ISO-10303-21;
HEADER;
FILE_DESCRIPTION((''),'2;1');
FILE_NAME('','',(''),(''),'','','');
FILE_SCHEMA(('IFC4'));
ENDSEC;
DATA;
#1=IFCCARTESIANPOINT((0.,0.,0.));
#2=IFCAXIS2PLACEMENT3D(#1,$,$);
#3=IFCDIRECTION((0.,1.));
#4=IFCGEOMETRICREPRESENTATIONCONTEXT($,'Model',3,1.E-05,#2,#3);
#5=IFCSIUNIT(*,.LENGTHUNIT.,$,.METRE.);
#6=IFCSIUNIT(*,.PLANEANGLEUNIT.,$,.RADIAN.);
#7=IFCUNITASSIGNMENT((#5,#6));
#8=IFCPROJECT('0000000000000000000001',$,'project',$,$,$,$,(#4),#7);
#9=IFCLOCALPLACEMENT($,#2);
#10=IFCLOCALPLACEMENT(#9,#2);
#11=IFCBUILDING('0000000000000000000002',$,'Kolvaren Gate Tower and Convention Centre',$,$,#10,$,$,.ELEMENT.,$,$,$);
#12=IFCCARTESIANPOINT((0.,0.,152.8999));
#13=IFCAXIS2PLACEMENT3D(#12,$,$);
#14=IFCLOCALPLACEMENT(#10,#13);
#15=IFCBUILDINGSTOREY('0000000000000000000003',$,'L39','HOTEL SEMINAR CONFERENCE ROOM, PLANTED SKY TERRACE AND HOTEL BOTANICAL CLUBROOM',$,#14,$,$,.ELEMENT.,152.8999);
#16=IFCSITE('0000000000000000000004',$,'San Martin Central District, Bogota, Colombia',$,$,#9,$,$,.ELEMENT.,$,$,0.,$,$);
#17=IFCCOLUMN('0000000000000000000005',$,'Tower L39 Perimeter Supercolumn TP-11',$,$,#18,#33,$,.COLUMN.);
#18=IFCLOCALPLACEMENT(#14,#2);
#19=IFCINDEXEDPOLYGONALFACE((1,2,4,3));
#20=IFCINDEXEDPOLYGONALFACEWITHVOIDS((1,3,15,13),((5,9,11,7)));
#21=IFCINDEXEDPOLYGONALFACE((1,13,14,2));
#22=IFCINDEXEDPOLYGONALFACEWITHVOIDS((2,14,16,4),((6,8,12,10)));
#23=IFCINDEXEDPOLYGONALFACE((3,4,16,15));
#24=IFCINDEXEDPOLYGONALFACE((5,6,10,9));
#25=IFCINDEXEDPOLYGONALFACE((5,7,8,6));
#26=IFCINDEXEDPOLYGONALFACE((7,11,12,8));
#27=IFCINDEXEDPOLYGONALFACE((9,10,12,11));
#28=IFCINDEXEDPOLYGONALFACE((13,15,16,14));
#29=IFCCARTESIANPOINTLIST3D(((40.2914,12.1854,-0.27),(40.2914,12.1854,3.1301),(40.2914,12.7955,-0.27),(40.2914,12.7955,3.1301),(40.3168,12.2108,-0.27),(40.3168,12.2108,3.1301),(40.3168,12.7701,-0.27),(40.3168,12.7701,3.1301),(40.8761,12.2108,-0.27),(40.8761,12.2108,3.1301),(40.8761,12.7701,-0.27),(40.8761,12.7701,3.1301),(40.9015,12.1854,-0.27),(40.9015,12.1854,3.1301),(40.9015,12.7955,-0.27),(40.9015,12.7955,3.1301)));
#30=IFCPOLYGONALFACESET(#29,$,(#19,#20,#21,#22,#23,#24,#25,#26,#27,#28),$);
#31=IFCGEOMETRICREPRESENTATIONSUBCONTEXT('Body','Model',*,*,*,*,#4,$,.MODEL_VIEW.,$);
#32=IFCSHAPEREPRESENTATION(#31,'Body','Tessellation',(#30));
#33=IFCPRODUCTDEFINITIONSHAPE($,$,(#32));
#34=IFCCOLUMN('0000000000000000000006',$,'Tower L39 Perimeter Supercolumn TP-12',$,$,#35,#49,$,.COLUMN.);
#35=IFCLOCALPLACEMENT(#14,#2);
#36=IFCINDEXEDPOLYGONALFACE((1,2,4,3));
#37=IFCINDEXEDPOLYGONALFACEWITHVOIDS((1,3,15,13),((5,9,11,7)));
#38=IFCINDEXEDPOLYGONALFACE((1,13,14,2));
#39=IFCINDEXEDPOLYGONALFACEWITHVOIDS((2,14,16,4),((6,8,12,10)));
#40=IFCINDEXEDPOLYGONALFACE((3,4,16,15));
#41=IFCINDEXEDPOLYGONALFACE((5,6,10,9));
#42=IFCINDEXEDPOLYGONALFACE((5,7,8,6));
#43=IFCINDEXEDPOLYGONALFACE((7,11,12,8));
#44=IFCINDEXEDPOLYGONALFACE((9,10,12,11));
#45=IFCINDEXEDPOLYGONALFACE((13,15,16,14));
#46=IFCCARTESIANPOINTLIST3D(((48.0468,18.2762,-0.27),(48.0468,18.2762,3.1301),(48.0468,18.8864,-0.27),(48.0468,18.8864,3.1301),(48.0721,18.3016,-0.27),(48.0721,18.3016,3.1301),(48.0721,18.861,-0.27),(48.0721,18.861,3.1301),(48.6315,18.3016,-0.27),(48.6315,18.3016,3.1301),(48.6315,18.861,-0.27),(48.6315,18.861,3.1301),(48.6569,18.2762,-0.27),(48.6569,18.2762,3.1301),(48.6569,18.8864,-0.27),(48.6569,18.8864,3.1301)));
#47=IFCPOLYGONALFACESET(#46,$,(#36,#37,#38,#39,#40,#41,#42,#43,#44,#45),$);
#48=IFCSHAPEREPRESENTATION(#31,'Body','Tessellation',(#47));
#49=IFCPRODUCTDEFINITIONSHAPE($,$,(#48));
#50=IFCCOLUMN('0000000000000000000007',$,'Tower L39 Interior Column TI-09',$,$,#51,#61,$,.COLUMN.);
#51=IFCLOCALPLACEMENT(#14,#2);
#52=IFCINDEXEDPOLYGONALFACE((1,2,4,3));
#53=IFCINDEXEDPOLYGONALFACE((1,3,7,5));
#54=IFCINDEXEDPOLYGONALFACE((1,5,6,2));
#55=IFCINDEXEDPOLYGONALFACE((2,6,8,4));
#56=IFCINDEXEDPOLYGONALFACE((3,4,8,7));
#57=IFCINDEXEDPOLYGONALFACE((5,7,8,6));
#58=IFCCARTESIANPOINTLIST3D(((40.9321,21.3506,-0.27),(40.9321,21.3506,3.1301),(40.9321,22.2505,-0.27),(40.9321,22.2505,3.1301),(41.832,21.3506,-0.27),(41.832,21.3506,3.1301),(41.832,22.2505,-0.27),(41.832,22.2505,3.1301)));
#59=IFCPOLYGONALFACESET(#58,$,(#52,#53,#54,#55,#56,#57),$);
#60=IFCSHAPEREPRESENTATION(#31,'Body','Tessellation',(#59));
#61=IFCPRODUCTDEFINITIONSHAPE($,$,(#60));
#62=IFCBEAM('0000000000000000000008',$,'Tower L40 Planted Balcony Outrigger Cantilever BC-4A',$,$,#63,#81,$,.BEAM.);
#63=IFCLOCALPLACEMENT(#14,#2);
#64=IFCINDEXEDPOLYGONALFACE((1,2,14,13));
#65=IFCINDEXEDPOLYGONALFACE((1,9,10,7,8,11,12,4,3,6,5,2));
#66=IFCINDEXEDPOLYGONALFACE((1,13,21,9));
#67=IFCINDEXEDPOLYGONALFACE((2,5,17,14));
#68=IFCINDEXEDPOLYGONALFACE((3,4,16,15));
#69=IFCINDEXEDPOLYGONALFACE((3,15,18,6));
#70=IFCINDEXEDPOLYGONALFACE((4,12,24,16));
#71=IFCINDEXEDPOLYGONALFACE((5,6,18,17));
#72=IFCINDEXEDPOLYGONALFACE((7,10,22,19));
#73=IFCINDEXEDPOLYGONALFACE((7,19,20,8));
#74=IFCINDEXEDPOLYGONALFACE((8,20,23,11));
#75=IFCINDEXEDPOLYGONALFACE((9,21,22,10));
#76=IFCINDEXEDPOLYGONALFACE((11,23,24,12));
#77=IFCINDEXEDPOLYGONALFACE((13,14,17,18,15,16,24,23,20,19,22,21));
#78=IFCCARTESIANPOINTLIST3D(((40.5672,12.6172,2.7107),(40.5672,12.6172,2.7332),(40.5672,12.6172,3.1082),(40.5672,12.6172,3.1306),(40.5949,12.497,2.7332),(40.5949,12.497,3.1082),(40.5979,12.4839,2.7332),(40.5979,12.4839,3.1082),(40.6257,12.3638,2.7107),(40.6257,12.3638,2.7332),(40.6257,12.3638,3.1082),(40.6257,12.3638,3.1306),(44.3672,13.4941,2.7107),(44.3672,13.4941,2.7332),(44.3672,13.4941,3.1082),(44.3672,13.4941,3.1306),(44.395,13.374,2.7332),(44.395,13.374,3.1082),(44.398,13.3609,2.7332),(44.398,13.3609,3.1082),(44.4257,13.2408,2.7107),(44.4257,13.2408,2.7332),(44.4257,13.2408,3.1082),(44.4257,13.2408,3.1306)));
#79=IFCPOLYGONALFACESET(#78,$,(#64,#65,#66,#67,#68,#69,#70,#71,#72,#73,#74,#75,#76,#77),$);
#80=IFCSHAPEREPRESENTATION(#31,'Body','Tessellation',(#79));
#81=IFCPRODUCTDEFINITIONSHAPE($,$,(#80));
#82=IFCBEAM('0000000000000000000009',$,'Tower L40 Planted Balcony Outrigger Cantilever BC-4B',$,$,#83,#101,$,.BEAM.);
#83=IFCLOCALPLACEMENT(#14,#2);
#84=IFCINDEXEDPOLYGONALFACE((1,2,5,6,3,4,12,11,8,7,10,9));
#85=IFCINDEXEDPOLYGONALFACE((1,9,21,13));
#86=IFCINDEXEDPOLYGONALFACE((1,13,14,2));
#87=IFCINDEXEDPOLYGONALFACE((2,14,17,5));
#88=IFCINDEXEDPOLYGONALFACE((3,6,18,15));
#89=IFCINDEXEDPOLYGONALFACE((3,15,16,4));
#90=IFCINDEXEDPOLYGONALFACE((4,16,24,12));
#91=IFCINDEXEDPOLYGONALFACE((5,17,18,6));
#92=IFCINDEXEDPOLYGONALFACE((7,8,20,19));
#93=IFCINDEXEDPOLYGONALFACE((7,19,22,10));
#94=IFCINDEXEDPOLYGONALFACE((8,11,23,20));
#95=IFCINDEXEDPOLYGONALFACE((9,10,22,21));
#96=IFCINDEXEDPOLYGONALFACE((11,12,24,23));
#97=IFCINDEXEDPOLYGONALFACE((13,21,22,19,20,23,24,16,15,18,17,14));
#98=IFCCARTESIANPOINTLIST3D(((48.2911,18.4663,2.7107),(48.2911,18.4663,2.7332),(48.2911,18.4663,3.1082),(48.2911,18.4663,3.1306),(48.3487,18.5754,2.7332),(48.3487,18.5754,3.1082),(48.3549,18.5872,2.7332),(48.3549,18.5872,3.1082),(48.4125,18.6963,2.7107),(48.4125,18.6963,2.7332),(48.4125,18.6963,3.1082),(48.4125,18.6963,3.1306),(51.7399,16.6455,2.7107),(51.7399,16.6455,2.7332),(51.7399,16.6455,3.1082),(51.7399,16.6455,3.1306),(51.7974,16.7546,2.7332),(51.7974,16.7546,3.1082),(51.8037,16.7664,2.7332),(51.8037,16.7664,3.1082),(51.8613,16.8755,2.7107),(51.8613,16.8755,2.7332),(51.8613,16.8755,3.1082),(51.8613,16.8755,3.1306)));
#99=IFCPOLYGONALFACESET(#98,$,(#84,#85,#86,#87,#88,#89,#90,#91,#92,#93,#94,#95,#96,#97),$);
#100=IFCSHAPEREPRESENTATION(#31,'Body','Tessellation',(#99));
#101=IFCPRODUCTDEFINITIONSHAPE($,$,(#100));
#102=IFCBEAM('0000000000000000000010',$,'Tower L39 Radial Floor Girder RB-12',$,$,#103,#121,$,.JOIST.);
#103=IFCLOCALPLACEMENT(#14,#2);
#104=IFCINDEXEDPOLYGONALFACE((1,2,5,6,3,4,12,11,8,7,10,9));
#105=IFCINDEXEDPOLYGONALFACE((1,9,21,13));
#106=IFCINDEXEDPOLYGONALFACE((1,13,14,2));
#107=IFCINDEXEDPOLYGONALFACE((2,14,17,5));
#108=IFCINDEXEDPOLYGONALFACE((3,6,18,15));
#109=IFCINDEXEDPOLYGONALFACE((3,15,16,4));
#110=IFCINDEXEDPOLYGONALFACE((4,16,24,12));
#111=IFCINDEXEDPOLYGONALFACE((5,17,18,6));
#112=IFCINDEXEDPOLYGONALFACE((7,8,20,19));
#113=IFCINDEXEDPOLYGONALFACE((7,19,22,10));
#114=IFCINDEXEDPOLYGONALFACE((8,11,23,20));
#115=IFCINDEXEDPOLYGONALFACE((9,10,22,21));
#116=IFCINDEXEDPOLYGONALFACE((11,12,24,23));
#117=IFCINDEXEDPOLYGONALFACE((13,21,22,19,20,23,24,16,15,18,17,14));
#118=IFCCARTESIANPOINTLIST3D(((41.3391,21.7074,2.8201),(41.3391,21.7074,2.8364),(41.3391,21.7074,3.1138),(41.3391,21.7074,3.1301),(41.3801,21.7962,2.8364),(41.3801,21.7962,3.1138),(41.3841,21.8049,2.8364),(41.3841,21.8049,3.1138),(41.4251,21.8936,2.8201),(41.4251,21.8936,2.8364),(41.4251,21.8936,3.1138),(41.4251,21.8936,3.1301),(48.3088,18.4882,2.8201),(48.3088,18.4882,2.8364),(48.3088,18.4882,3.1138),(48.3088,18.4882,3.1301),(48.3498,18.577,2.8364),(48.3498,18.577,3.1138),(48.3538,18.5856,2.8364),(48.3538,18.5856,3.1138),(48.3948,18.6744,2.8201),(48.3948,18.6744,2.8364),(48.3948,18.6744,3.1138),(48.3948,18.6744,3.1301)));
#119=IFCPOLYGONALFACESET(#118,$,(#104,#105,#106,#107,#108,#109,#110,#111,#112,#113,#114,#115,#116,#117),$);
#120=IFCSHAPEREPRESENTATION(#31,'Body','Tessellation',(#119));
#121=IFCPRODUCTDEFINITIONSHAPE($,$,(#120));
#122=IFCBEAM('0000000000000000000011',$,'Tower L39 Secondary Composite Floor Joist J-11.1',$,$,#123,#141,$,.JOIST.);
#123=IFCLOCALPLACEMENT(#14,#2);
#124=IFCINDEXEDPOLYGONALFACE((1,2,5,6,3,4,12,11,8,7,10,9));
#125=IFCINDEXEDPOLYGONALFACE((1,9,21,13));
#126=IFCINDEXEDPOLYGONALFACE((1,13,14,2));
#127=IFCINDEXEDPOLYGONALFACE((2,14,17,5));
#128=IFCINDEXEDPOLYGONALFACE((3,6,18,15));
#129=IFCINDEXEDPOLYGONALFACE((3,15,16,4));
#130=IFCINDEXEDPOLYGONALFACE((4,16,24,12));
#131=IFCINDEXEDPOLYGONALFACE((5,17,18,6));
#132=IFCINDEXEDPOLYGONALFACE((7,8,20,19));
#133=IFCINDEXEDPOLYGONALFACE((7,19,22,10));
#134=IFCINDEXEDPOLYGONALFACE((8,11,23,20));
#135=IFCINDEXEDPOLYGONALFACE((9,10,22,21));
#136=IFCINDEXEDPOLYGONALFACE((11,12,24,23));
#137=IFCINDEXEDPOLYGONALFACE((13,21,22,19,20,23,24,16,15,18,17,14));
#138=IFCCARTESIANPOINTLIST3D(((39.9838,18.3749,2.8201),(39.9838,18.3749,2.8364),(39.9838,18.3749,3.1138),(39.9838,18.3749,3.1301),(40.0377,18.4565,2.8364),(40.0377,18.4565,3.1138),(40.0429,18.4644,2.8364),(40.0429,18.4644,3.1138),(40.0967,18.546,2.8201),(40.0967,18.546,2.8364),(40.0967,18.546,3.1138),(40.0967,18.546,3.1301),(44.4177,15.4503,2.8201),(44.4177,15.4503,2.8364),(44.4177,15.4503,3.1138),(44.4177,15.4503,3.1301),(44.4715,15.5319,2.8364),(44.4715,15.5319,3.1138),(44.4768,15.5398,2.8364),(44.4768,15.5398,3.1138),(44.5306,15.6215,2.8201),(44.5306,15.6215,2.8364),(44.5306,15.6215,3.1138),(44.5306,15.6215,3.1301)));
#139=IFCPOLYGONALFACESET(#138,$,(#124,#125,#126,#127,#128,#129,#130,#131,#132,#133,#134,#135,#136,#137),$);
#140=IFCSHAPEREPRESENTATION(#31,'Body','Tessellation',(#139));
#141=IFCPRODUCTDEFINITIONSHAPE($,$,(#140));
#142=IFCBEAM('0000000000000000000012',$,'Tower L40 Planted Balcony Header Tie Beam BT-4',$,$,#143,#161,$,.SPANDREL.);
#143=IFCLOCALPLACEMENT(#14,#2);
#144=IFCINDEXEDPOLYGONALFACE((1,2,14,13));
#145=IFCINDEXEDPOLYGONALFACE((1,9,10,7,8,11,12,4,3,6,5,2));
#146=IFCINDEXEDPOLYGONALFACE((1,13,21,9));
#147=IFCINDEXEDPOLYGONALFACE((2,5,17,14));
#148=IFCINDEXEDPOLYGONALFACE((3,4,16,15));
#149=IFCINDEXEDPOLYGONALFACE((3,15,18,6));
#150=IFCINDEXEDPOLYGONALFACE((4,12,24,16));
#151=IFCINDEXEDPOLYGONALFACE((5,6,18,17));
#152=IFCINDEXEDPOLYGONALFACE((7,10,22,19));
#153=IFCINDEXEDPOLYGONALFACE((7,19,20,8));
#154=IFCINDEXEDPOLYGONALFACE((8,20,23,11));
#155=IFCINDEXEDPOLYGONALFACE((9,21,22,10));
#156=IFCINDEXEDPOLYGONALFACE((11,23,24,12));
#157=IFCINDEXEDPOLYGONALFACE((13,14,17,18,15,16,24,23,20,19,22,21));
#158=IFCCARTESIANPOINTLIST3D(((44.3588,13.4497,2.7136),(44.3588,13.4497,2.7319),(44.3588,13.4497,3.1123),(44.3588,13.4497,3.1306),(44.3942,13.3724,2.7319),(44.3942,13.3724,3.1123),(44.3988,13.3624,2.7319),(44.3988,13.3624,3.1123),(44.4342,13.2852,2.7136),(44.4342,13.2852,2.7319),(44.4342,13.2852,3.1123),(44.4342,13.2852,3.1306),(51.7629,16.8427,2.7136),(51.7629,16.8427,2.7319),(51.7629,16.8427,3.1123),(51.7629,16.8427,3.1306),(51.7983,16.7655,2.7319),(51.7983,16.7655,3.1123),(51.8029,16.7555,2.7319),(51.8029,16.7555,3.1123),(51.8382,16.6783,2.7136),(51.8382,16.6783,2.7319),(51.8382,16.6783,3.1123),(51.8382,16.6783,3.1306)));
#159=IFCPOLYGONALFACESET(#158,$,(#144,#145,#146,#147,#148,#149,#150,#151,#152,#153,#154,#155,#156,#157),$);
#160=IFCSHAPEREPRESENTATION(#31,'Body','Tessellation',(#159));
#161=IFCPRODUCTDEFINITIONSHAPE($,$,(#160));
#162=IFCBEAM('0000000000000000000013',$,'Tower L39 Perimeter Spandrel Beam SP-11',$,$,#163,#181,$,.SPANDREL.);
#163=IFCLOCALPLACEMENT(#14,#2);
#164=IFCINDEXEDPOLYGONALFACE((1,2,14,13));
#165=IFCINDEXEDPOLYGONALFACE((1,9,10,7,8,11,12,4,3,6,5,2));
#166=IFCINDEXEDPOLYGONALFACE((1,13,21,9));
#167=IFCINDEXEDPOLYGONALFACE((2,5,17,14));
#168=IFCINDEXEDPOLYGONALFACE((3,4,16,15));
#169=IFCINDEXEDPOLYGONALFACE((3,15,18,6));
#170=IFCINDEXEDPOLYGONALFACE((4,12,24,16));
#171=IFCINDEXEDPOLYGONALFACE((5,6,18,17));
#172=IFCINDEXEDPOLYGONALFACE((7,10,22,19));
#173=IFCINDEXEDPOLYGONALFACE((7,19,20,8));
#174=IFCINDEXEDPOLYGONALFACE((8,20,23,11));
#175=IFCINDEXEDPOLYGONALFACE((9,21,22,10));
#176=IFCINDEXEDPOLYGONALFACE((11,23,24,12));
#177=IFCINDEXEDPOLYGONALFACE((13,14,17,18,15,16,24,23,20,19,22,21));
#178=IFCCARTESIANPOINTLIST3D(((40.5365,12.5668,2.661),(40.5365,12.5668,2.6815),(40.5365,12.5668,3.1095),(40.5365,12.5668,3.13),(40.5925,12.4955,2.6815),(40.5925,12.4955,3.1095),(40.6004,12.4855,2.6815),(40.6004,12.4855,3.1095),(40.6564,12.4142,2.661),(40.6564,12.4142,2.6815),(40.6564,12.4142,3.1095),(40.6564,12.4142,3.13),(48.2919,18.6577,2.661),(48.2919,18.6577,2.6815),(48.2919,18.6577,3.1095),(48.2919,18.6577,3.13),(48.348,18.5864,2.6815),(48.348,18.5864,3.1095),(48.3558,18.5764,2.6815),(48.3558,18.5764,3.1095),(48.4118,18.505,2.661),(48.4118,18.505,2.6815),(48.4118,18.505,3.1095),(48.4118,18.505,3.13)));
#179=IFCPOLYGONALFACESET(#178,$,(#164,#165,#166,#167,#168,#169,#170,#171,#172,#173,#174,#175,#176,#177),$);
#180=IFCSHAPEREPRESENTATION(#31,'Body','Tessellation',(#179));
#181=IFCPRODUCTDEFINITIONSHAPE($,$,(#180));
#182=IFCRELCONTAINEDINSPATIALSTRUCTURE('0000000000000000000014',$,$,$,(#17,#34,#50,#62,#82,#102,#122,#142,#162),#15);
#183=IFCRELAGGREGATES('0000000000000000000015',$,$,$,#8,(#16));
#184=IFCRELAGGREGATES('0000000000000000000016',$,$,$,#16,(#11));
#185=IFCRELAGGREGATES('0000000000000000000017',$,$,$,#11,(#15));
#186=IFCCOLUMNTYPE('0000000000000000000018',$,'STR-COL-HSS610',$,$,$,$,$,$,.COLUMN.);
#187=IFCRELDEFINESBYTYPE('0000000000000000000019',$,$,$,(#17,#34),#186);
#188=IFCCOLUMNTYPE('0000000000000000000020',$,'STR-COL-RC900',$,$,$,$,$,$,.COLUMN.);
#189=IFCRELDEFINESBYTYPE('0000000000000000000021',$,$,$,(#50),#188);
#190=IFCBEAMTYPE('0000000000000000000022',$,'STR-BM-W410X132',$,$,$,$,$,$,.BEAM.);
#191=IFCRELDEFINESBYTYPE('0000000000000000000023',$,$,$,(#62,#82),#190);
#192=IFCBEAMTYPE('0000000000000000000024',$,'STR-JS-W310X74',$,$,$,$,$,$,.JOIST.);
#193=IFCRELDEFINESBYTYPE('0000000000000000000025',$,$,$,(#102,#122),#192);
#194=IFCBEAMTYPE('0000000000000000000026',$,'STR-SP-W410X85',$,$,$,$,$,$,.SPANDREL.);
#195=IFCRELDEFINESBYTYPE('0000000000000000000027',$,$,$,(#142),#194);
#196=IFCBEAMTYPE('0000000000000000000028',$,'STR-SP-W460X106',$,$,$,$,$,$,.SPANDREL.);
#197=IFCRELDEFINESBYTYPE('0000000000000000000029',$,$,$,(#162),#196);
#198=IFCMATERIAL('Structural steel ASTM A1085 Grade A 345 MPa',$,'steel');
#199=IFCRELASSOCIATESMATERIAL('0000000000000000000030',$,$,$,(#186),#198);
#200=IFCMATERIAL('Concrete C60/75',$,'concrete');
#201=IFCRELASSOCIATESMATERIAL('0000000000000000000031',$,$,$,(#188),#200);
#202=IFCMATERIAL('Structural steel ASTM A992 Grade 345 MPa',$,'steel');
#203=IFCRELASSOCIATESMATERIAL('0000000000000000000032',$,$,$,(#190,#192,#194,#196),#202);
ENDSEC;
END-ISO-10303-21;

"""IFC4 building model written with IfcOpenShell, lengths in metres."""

from ifc_helpers import new_model, si_unit, direction, frame, origin, origin_2d, place, context, subcontext, project, spatial, rectangle, hollow_rectangle, i_section, extrude, material, material_profile, profile_set, type_object, element, save


model = new_model("IFC4")

# Units and contexts
model_context = context("Model", 3, precision=1e-05, world=origin(), true_north=direction((0.0, 1.0)))
body_context = subcontext(model_context, "Body", "Model", "MODEL_VIEW")
ifc_project = project(units=[si_unit("LENGTHUNIT", "METRE"), si_unit("PLANEANGLEUNIT", "RADIAN")], contexts=[model_context])

# Site, building, storey
site_placement = place(None, origin())
site = spatial("IfcSite", under=ifc_project, at=site_placement, Name="San Martin Central District, Bogota, Colombia", CompositionType="ELEMENT", RefElevation=0.0)
building_placement = place(site_placement, origin())
building = spatial("IfcBuilding", under=site, at=building_placement, Name="Kolvaren Gate Tower and Convention Centre", CompositionType="ELEMENT")
storey_placement = place(building_placement, frame((0.0, 0.0, 152.8999)))
storey = spatial("IfcBuildingStorey", under=building, at=storey_placement, Name="L39", Description="HOTEL SEMINAR CONFERENCE ROOM, PLANTED SKY TERRACE AND HOTEL BOTANICAL CLUBROOM", CompositionType="ELEMENT", Elevation=152.8999)

# Columns
ifc_material_1 = material(Name="Structural steel ASTM A1085 Grade A 345 MPa", Category="steel")
ifc_material_profile_1 = material_profile(ifc_material_1, hollow_rectangle(XDim=0.6101, YDim=0.6101, WallThickness=0.0254, at=origin_2d()), Name="HSS610X610X25.4")
ifc_profile_set_1 = profile_set([ifc_material_profile_1], Name="Structural steel ASTM A1085 Grade A 345 MPa")
column_type_1 = type_object("IfcColumnType", Name="STR-COL-HSS610", PredefinedType="COLUMN", material=ifc_profile_set_1)
for number, where, z_axis, x_axis, name in (
    (1, (40.5964, 12.4905, -0.27), (0.0, 0.0, 1.0), (1.0, 0.0, 0.0), "Tower L39 Perimeter Supercolumn TP-11"),
    (2, (48.3518, 18.5813, -0.27), (0.0, 0.0, 1.0), (1.0, 0.0, 0.0), "Tower L39 Perimeter Supercolumn TP-12"),
):
    element("IfcColumn", number, at=place(storey_placement, frame(where, z_axis=z_axis, x_axis=x_axis)), inside=storey, type_object=column_type_1, Name=name, PredefinedType="COLUMN", context=body_context, shape_type="SweptSolid", body=[
        extrude(hollow_rectangle(XDim=0.6101, YDim=0.6101, WallThickness=0.0254, at=origin_2d()), origin(), (0.0, 0.0, 1.0), 3.4001),
    ])
ifc_material_2 = material(Name="Concrete C60/75", Category="concrete")
ifc_material_profile_2 = material_profile(ifc_material_2, rectangle(XDim=0.8999, YDim=0.8999, at=origin_2d()), Name="RC-COL-900X900")
ifc_profile_set_2 = profile_set([ifc_material_profile_2], Name="Concrete C60/75")
column_type_2 = type_object("IfcColumnType", Name="STR-COL-RC900", PredefinedType="COLUMN", material=ifc_profile_set_2)
column_placement = place(storey_placement, frame((41.3821, 21.8005, -0.27), z_axis=(0.0, 0.0, 1.0), x_axis=(1.0, 0.0, 0.0)))
element("IfcColumn", 3, at=column_placement, inside=storey, type_object=column_type_2, Name="Tower L39 Interior Column TI-09", PredefinedType="COLUMN", context=body_context, shape_type="SweptSolid", body=[
    extrude(rectangle(XDim=0.8999, YDim=0.8999, at=origin_2d()), origin(), (0.0, 0.0, 1.0), 3.4001),
])

# Beams
ifc_material_3 = material(Name="Structural steel ASTM A992 Grade 345 MPa", Category="steel")
ifc_material_profile_3 = material_profile(ifc_material_3, i_section(OverallWidth=0.26, OverallDepth=0.4199, WebThickness=0.0134, FlangeThickness=0.0225, at=origin_2d()), Name="W410X132")
ifc_profile_set_3 = profile_set([ifc_material_profile_3], Name="Structural steel ASTM A992 Grade 345 MPa")
beam_type_1 = type_object("IfcBeamType", Name="STR-BM-W410X132", PredefinedType="BEAM", material=ifc_profile_set_3)
for number, where, z_axis, x_axis, name in (
    (4, (40.5964, 12.4905, 2.9207), (0.97439, 0.224864, 0.0), (-0.224864, 0.97439, 0.0), "Tower L40 Planted Balcony Outrigger Cantilever BC-4A"),
    (5, (48.3518, 18.5813, 2.9207), (0.884317, -0.466886, 0.0), (0.466886, 0.884317, 0.0), "Tower L40 Planted Balcony Outrigger Cantilever BC-4B"),
):
    element("IfcBeam", number, at=place(storey_placement, frame(where, z_axis=z_axis, x_axis=x_axis)), inside=storey, type_object=beam_type_1, Name=name, PredefinedType="BEAM", context=body_context, shape_type="SweptSolid", body=[
        extrude(i_section(OverallWidth=0.26, OverallDepth=0.4199, WebThickness=0.0134, FlangeThickness=0.0225, at=origin_2d()), origin(), (0.0, 0.0, 1.0), 3.8999),
    ])
ifc_material_profile_4 = material_profile(ifc_material_3, i_section(OverallWidth=0.2051, OverallDepth=0.3101, WebThickness=0.0095, FlangeThickness=0.0164, at=origin_2d()), Name="W310X74")
ifc_profile_set_4 = profile_set([ifc_material_profile_4], Name="Structural steel ASTM A992 Grade 345 MPa")
beam_type_2 = type_object("IfcBeamType", Name="STR-JS-W310X74", PredefinedType="JOIST", material=ifc_profile_set_4)
beam_1_placement = place(storey_placement, frame((41.3821, 21.8005, 2.9751), z_axis=(0.907838, -0.41932, 0.0), x_axis=(0.41932, 0.907838, 0.0)))
element("IfcBeam", 6, at=beam_1_placement, inside=storey, type_object=beam_type_2, Name="Tower L39 Radial Floor Girder RB-12", PredefinedType="JOIST", context=body_context, shape_type="SweptSolid", body=[
    extrude(i_section(OverallWidth=0.2051, OverallDepth=0.3101, WebThickness=0.0095, FlangeThickness=0.0164, at=origin_2d()), origin(), (0.0, 0.0, 1.0), 7.6772),
])
beam_2_placement = place(storey_placement, frame((40.0403, 18.4604, 2.9751), z_axis=(0.834763, -0.55061, 0.0), x_axis=(0.55061, 0.834763, 0.0)))
element("IfcBeam", 7, at=beam_2_placement, inside=storey, type_object=beam_type_2, Name="Tower L39 Secondary Composite Floor Joist J-11.1", PredefinedType="JOIST", context=body_context, shape_type="SweptSolid", body=[
    extrude(i_section(OverallWidth=0.2051, OverallDepth=0.3101, WebThickness=0.0095, FlangeThickness=0.0164, at=origin_2d()), origin(), (0.0, 0.0, 1.0), 5.3115),
])
ifc_material_profile_5 = material_profile(ifc_material_3, i_section(OverallWidth=0.1809, OverallDepth=0.417, WebThickness=0.011, FlangeThickness=0.0183, at=origin_2d()), Name="W410X85")
ifc_profile_set_5 = profile_set([ifc_material_profile_5], Name="Structural steel ASTM A992 Grade 345 MPa")
beam_type_3 = type_object("IfcBeamType", Name="STR-SP-W410X85", PredefinedType="SPANDREL", material=ifc_profile_set_5)
beam_3_placement = place(storey_placement, frame((44.3965, 13.3674, 2.9221), z_axis=(0.909086, 0.416608, 0.0), x_axis=(-0.416608, 0.909086, 0.0)))
element("IfcBeam", 8, at=beam_3_placement, inside=storey, type_object=beam_type_3, Name="Tower L40 Planted Balcony Header Tie Beam BT-4", PredefinedType="SPANDREL", context=body_context, shape_type="SweptSolid", body=[
    extrude(i_section(OverallWidth=0.1809, OverallDepth=0.417, WebThickness=0.011, FlangeThickness=0.0183, at=origin_2d()), origin(), (0.0, 0.0, 1.0), 8.1445),
])
ifc_material_profile_6 = material_profile(ifc_material_3, i_section(OverallWidth=0.1941, OverallDepth=0.469, WebThickness=0.0127, FlangeThickness=0.0205, at=origin_2d()), Name="W460X106")
ifc_profile_set_6 = profile_set([ifc_material_profile_6], Name="Structural steel ASTM A992 Grade 345 MPa")
beam_type_4 = type_object("IfcBeamType", Name="STR-SP-W460X106", PredefinedType="SPANDREL", material=ifc_profile_set_6)
beam_4_placement = place(storey_placement, frame((40.5964, 12.4905, 2.8955), z_axis=(0.786451, 0.617653, 0.0), x_axis=(-0.617653, 0.786451, 0.0)))
element("IfcBeam", 9, at=beam_4_placement, inside=storey, type_object=beam_type_4, Name="Tower L39 Perimeter Spandrel Beam SP-11", PredefinedType="SPANDREL", context=body_context, shape_type="SweptSolid", body=[
    extrude(i_section(OverallWidth=0.1941, OverallDepth=0.469, WebThickness=0.0127, FlangeThickness=0.0205, at=origin_2d()), origin(), (0.0, 0.0, 1.0), 9.8613),
])

save(model, "model.ifc")
